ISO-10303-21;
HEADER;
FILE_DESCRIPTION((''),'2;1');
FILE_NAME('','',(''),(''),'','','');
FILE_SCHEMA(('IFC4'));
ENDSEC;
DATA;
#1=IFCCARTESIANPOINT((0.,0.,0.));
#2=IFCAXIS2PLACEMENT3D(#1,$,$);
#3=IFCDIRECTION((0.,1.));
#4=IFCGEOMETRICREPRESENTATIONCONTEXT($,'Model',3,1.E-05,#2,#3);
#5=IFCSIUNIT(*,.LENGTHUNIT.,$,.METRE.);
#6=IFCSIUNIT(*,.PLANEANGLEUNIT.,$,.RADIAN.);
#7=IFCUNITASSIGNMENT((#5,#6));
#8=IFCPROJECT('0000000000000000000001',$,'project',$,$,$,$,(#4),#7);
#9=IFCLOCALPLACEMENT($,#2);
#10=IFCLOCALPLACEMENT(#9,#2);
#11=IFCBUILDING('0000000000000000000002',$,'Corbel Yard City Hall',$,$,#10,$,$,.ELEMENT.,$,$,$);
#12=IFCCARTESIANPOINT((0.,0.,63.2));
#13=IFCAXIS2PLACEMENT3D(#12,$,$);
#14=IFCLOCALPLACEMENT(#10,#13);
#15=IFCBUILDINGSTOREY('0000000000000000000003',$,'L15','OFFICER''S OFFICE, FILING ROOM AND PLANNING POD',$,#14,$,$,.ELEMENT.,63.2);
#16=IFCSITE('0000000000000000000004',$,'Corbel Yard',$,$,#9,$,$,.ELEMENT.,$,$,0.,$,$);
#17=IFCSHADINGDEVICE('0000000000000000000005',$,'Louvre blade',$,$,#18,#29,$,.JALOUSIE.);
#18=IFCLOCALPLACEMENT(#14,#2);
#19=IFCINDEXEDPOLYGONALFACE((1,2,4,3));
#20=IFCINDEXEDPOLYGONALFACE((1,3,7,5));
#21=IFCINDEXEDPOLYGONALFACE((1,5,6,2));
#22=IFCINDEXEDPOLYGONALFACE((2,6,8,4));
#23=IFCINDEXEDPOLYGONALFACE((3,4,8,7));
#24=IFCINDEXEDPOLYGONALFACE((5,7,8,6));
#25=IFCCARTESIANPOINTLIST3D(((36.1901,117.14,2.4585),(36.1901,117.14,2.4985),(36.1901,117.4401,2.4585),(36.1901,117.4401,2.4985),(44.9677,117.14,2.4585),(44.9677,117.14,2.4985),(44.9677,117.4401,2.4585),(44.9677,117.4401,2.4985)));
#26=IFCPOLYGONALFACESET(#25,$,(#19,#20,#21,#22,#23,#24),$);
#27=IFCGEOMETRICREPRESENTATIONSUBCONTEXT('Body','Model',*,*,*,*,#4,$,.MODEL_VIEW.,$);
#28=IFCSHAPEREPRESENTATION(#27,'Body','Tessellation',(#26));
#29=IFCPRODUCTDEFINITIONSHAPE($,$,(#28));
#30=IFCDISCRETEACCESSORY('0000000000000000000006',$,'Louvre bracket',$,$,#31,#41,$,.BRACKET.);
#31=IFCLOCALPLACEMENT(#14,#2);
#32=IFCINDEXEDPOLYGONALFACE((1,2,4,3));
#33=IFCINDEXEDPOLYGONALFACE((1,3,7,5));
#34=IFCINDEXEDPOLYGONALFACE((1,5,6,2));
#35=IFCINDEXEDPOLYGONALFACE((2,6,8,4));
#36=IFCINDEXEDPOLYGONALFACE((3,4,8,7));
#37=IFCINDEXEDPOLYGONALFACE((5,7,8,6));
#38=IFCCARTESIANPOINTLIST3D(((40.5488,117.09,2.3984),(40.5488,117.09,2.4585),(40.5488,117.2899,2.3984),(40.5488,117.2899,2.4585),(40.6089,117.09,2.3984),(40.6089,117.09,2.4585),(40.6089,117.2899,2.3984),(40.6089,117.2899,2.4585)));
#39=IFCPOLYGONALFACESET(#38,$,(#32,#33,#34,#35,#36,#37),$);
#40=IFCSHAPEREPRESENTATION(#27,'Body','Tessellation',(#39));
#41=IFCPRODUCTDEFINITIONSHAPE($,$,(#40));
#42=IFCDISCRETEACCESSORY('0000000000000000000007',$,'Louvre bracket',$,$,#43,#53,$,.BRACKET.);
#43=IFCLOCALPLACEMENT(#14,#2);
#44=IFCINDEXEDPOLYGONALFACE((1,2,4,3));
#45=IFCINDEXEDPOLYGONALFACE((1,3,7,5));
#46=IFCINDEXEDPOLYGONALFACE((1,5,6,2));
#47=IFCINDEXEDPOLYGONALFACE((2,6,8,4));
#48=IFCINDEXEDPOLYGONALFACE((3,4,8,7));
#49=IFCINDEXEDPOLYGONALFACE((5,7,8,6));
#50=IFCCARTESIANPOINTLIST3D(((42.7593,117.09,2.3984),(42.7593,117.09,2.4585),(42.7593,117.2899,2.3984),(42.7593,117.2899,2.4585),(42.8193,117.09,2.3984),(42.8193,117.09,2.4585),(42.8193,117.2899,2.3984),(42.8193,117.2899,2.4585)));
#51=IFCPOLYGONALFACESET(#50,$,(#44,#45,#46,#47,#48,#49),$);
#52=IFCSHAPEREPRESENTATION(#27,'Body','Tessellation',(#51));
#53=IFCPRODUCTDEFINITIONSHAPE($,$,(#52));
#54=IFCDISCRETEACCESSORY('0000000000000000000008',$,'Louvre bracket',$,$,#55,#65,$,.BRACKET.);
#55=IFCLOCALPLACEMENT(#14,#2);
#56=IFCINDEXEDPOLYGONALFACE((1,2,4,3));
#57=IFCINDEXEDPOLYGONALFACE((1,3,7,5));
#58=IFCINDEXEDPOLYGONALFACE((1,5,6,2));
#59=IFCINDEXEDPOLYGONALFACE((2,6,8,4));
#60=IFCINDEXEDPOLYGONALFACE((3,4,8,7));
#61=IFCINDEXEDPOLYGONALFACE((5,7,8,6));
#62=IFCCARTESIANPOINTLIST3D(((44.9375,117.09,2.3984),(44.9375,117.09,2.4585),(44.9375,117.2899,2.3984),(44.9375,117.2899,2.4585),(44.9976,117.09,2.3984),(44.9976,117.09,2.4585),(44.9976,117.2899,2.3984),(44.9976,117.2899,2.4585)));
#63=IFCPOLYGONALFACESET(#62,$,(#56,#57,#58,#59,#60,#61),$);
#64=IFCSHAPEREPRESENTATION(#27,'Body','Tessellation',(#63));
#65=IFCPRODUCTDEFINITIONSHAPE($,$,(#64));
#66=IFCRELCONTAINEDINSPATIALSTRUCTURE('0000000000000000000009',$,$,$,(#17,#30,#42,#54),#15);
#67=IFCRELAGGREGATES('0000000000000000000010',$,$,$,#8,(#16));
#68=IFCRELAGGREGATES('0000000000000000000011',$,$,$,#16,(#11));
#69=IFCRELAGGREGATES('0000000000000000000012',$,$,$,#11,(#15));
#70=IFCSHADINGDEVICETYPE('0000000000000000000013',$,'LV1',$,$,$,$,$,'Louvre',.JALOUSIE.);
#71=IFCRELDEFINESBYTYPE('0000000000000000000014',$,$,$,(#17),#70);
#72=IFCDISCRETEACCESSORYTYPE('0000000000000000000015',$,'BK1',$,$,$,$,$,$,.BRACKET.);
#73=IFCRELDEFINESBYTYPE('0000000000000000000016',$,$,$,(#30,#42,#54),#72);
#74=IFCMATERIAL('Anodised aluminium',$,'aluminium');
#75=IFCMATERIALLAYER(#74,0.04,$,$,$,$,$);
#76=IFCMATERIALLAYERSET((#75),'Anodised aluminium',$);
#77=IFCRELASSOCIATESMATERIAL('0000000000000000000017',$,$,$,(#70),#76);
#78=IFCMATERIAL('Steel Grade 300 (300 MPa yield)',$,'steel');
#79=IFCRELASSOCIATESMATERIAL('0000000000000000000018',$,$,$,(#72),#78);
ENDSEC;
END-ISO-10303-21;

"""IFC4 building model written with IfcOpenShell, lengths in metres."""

from ifc_helpers import new_model, si_unit, direction, frame, origin, origin_2d, place, context, subcontext, project, spatial, rectangle, extrude, material, layer, layer_set, type_object, element, save


model = new_model("IFC4")

# Units and contexts
model_context = context("Model", 3, precision=1e-05, world=origin(), true_north=direction((0.0, 1.0)))
body_context = subcontext(model_context, "Body", "Model", "MODEL_VIEW")
ifc_project = project(units=[si_unit("LENGTHUNIT", "METRE"), si_unit("PLANEANGLEUNIT", "RADIAN")], contexts=[model_context])

# Site, building, storey
site_placement = place(None, origin())
site = spatial("IfcSite", under=ifc_project, at=site_placement, Name="Corbel Yard", CompositionType="ELEMENT", RefElevation=0.0)
building_placement = place(site_placement, origin())
building = spatial("IfcBuilding", under=site, at=building_placement, Name="Corbel Yard City Hall", CompositionType="ELEMENT")
storey_placement = place(building_placement, frame((0.0, 0.0, 63.2)))
storey = spatial("IfcBuildingStorey", under=building, at=storey_placement, Name="L15", Description="OFFICER'S OFFICE, FILING ROOM AND PLANNING POD", CompositionType="ELEMENT", Elevation=63.2)

# Shading device
ifc_material_1 = material(Name="Anodised aluminium", Category="aluminium")
ifc_layer_1 = layer(ifc_material_1, 0.04)
ifc_layer_set_1 = layer_set([ifc_layer_1], Name="Anodised aluminium")
shading_device_type = type_object("IfcShadingDeviceType", Name="LV1", ElementType="Louvre", PredefinedType="JALOUSIE", material=ifc_layer_set_1)
shading_device_placement = place(storey_placement, frame((40.5789, 117.29, 2.4585), z_axis=(0.0, 0.0, 1.0), x_axis=(1.0, 0.0, 0.0)))
element("IfcShadingDevice", 1, at=shading_device_placement, inside=storey, type_object=shading_device_type, Name="Louvre blade", PredefinedType="JALOUSIE", context=body_context, shape_type="SweptSolid", body=[
    extrude(rectangle(XDim=8.7776, YDim=0.3, at=origin_2d()), origin(), (0.0, 0.0, 1.0), 0.04),
])

# Discrete accessories
ifc_material_2 = material(Name="Steel Grade 300 (300 MPa yield)", Category="steel")
discrete_accessory_type = type_object("IfcDiscreteAccessoryType", Name="BK1", PredefinedType="BRACKET", material=ifc_material_2)
for number, where, z_axis, x_axis, name in (
    (2, (40.5789, 117.1899, 2.3984), (0.0, 0.0, 1.0), (1.0, 0.0, 0.0), "Louvre bracket"),
    (3, (42.7893, 117.1899, 2.3984), (0.0, 0.0, 1.0), (1.0, 0.0, 0.0), "Louvre bracket"),
    (4, (44.9675, 117.1899, 2.3984), (0.0, 0.0, 1.0), (1.0, 0.0, 0.0), "Louvre bracket"),
):
    element("IfcDiscreteAccessory", number, at=place(storey_placement, frame(where, z_axis=z_axis, x_axis=x_axis)), inside=storey, type_object=discrete_accessory_type, Name=name, PredefinedType="BRACKET", context=body_context, shape_type="SweptSolid", body=[
        extrude(rectangle(XDim=0.0601, YDim=0.2, at=origin_2d()), origin(), (0.0, 0.0, 1.0), 0.0601),
    ])

save(model, "model.ifc")
